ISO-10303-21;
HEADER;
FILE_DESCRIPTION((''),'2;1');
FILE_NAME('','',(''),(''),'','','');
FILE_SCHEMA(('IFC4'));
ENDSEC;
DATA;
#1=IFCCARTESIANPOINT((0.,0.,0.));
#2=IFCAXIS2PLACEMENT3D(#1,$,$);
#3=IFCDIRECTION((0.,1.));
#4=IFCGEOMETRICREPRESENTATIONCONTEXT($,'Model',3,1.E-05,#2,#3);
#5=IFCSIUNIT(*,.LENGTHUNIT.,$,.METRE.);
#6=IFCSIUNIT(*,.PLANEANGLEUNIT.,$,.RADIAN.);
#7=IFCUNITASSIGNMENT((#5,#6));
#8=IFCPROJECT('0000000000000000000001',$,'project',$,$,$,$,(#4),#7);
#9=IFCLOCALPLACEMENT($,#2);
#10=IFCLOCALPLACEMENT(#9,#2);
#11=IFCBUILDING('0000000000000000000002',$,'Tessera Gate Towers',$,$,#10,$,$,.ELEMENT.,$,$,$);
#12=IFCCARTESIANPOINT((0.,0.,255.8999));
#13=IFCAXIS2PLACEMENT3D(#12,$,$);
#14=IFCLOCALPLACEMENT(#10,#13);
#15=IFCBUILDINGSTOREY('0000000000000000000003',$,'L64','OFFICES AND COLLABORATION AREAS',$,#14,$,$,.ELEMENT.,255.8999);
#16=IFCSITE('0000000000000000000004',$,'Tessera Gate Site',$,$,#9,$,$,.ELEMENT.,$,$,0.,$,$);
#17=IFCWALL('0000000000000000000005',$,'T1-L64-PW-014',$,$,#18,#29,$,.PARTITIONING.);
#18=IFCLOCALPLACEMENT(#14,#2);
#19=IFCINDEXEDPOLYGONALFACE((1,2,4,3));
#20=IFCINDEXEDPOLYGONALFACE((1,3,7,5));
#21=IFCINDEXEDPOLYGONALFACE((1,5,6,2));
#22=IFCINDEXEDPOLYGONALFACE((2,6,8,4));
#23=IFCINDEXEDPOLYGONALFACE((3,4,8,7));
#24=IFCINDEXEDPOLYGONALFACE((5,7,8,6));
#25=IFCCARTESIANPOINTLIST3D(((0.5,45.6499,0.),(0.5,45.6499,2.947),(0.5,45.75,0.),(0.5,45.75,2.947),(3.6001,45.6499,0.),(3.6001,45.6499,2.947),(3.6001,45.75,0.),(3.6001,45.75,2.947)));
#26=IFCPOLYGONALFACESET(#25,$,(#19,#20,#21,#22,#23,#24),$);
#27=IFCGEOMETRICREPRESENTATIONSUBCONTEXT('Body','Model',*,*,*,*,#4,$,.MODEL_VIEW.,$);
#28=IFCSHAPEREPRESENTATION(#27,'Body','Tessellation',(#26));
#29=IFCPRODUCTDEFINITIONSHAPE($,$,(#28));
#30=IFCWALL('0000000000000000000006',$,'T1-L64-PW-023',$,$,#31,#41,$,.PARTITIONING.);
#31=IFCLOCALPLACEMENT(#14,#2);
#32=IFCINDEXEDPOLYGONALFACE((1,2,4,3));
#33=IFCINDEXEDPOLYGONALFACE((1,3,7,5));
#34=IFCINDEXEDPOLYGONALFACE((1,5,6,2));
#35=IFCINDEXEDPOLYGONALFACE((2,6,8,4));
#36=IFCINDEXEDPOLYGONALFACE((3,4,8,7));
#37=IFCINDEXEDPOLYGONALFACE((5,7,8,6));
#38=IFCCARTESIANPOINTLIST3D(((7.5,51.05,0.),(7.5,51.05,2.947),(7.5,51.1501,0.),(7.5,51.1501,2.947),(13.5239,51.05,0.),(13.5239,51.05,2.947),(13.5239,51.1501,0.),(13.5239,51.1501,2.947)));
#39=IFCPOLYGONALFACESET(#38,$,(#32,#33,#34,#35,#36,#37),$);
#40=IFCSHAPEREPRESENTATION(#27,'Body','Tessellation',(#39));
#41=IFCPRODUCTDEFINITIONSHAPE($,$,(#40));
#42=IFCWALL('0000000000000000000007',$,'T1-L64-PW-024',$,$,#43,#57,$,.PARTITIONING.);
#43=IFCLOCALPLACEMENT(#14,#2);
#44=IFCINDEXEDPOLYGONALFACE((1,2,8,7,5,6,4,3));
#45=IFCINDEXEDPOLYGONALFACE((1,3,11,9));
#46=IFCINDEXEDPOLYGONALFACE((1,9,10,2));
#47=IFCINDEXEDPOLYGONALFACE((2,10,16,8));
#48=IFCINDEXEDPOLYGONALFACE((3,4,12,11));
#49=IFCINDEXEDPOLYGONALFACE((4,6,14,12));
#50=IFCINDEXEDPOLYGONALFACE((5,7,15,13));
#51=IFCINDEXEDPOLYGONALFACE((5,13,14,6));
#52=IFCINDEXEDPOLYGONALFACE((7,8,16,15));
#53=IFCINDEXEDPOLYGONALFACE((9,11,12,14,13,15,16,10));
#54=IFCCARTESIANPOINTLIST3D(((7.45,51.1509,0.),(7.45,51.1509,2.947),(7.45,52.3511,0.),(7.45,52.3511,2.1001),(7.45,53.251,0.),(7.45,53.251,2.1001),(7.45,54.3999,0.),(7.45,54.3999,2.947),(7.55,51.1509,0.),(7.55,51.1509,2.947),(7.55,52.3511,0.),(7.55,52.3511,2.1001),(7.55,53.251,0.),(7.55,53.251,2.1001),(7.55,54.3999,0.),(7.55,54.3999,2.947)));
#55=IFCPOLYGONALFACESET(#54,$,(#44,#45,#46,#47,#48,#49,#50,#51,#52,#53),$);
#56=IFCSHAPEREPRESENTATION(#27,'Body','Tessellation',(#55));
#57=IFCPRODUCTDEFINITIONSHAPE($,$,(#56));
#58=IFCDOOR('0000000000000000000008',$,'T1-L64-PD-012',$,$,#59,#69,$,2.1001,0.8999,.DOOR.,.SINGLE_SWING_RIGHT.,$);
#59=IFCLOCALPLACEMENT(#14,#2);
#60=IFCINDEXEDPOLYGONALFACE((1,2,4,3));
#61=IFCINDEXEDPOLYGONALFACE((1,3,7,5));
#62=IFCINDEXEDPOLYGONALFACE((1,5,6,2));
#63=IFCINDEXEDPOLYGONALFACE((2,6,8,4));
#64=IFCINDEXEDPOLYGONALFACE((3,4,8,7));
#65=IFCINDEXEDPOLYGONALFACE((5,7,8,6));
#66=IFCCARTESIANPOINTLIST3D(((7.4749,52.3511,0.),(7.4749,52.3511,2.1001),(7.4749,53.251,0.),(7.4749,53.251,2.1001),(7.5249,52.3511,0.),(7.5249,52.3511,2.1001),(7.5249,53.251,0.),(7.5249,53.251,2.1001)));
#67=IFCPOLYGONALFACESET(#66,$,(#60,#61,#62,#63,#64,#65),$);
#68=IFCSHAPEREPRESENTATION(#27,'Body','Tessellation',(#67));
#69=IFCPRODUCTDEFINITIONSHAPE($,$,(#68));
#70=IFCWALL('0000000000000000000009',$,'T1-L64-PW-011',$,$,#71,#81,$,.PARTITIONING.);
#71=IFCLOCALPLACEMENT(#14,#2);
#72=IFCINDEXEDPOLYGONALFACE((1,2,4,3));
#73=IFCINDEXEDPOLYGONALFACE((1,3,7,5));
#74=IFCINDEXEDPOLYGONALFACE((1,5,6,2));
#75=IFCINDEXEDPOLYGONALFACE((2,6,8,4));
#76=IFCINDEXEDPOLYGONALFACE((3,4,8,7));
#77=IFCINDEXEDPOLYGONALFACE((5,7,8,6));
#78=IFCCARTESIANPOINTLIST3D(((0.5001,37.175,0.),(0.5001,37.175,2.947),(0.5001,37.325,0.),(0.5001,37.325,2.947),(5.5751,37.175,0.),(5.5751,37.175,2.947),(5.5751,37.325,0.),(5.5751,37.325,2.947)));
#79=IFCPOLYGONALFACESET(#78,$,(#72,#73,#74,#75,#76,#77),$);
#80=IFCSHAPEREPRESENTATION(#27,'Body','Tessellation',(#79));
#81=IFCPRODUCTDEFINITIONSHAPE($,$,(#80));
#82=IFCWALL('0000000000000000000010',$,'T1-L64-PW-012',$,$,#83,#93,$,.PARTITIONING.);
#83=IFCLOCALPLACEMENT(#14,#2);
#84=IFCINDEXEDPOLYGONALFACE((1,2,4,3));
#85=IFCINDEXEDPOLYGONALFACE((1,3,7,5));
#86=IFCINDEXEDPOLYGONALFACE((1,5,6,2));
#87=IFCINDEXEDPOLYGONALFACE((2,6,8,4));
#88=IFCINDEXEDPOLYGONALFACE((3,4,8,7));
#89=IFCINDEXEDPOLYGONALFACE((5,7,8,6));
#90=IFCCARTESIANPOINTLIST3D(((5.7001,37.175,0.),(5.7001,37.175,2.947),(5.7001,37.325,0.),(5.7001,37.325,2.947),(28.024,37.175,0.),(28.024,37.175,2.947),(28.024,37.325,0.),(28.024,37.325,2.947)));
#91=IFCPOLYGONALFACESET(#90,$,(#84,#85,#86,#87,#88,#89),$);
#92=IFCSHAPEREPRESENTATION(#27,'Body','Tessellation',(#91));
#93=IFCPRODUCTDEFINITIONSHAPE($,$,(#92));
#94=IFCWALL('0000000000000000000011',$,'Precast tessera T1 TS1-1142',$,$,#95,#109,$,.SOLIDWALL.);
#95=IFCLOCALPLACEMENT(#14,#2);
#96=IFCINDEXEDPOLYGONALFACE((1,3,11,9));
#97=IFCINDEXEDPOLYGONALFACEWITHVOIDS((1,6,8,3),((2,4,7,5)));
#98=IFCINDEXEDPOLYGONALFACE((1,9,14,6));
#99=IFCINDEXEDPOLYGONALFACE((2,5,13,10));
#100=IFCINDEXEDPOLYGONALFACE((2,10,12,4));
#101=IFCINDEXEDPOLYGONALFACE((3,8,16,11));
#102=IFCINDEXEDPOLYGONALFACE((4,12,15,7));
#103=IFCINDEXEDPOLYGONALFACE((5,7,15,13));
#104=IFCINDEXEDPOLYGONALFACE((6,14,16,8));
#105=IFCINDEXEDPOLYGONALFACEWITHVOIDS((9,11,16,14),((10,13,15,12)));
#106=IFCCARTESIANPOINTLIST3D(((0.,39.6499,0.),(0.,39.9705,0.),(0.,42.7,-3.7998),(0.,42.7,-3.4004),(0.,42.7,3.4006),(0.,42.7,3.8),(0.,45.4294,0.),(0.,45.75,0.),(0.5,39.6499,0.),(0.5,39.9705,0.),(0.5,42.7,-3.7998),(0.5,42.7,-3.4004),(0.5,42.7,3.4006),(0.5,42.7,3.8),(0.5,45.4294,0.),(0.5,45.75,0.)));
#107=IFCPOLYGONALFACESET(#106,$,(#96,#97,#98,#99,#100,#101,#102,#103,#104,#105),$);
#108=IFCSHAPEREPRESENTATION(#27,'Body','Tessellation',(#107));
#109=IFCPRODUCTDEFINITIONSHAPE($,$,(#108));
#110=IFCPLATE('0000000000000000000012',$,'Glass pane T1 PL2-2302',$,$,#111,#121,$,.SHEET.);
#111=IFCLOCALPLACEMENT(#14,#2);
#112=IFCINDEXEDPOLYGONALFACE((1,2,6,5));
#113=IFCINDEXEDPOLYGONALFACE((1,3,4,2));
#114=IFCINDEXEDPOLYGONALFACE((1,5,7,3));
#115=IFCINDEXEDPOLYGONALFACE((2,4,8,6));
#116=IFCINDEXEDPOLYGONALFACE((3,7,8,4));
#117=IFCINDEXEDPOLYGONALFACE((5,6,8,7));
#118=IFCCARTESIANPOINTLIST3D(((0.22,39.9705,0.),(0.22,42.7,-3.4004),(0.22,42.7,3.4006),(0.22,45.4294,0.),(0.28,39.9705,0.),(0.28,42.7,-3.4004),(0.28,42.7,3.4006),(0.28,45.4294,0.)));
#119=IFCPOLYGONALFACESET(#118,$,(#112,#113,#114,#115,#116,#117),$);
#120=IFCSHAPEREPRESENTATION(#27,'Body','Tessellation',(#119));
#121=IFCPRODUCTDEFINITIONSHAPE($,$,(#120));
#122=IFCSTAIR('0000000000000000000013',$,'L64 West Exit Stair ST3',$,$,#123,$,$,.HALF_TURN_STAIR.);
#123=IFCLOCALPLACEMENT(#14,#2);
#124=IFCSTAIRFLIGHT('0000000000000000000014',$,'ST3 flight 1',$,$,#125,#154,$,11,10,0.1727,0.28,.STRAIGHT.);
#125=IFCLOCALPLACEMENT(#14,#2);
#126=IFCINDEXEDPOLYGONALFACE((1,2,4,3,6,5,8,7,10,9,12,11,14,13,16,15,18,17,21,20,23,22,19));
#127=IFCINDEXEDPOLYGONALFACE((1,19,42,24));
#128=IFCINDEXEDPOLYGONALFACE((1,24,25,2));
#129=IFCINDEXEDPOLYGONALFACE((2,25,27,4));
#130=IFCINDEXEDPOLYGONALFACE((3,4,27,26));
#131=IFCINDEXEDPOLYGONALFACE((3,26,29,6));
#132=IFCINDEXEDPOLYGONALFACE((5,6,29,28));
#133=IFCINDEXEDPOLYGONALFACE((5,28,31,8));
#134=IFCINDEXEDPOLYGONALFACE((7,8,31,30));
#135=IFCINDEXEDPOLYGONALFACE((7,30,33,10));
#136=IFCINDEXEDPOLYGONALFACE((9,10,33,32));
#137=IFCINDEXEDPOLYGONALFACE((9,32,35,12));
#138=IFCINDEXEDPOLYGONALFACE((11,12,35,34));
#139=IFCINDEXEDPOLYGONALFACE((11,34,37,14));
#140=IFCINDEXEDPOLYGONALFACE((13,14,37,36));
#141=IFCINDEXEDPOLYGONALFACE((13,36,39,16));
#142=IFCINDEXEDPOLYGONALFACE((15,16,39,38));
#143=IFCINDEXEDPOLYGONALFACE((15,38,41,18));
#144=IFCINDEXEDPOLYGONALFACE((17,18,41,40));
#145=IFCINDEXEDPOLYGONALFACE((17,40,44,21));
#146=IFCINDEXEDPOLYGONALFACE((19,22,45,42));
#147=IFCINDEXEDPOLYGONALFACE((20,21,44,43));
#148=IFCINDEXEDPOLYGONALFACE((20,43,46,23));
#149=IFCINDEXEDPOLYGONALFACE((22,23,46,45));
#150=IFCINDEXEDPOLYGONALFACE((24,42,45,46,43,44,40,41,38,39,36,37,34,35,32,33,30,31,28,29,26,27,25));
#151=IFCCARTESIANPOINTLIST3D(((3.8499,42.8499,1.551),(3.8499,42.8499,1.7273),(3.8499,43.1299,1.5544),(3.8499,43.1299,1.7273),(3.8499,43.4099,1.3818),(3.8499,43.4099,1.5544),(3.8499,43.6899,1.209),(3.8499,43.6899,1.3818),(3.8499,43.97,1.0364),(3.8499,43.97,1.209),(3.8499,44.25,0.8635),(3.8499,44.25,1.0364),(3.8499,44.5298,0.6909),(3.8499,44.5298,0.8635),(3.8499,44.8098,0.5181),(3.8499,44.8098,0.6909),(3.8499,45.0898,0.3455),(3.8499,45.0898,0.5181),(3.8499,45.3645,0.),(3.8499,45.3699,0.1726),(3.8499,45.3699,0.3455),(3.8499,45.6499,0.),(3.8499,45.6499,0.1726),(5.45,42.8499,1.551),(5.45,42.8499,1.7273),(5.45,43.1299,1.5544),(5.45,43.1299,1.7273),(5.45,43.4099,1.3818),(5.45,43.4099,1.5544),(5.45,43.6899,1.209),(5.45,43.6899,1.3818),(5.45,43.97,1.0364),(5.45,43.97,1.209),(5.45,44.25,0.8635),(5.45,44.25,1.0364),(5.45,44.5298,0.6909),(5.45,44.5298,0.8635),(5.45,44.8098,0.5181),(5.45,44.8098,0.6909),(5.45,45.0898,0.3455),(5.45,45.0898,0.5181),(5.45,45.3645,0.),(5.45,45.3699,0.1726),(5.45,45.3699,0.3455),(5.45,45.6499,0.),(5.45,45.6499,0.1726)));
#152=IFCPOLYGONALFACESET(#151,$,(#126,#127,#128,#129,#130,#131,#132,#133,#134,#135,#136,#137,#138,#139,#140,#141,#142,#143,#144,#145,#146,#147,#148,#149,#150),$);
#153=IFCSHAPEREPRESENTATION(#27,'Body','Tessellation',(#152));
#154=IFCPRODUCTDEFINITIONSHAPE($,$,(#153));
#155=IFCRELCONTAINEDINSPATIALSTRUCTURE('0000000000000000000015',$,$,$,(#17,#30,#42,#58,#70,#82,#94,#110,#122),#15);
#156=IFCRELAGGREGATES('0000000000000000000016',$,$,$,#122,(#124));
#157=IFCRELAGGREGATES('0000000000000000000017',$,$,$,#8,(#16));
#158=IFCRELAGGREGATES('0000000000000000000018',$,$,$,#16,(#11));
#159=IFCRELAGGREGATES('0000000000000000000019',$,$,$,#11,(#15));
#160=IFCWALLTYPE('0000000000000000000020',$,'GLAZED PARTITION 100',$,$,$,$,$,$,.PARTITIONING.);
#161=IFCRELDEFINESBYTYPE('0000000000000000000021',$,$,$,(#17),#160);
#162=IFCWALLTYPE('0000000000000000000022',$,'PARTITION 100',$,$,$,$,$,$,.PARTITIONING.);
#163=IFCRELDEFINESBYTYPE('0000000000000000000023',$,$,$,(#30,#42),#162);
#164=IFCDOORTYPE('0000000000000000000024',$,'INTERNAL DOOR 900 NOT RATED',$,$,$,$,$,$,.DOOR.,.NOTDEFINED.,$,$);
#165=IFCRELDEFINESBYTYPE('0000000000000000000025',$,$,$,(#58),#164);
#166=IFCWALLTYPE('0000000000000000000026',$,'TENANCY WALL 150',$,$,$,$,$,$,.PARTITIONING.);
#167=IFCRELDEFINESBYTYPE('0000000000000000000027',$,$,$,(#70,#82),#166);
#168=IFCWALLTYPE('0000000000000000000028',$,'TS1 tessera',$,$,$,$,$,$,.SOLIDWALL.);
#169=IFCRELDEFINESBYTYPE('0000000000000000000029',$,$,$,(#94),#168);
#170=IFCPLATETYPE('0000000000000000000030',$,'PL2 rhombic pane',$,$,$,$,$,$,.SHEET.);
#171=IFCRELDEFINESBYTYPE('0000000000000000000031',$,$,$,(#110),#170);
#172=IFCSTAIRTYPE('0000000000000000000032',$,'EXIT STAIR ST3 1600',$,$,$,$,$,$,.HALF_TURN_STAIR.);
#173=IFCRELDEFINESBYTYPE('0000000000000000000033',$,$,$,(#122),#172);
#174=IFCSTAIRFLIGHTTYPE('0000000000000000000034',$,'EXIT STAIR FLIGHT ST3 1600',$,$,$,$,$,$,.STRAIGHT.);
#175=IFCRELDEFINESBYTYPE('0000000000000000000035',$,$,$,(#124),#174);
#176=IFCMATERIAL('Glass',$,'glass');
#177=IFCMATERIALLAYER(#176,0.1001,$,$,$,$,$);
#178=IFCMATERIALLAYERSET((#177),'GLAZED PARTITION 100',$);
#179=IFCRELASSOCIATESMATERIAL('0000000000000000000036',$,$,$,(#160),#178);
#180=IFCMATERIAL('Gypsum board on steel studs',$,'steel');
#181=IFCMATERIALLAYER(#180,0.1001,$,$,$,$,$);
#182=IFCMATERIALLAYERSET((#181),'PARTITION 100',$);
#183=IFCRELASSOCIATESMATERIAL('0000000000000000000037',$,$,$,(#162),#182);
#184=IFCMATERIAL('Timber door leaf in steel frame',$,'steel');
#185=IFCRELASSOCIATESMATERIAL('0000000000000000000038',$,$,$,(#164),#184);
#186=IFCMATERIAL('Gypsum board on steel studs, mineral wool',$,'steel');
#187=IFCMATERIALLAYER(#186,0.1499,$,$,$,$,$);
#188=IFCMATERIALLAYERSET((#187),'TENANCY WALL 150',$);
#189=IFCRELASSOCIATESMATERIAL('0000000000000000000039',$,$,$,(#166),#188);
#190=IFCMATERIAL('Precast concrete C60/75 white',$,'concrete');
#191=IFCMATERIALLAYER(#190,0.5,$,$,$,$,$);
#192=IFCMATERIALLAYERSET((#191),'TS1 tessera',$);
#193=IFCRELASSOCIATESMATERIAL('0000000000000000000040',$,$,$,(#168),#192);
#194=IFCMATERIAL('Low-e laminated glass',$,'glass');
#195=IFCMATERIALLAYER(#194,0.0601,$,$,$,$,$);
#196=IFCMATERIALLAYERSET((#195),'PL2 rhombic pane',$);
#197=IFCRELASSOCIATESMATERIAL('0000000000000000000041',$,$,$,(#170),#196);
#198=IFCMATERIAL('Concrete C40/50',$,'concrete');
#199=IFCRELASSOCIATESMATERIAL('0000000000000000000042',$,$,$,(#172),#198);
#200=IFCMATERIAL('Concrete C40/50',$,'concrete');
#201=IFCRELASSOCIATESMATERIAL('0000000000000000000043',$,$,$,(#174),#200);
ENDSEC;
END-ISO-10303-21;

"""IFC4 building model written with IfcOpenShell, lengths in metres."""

from ifc_helpers import new_model, si_unit, direction, frame, frame_2d, origin, place, context, subcontext, project, spatial, polyline, rectangle, outline, extrude, source, transform, mapped, material, layer, layer_set, type_object, element, fill, aggregate, save


model = new_model("IFC4")

# Units and contexts
model_context = context("Model", 3, precision=1e-05, world=origin(), true_north=direction((0.0, 1.0)))
body_context = subcontext(model_context, "Body", "Model", "MODEL_VIEW")
ifc_project = project(units=[si_unit("LENGTHUNIT", "METRE"), si_unit("PLANEANGLEUNIT", "RADIAN")], contexts=[model_context])

# Site, building, storey
site_placement = place(None, origin())
site = spatial("IfcSite", under=ifc_project, at=site_placement, Name="Tessera Gate Site", CompositionType="ELEMENT", RefElevation=0.0)
building_placement = place(site_placement, origin())
building = spatial("IfcBuilding", under=site, at=building_placement, Name="Tessera Gate Towers", CompositionType="ELEMENT")
storey_placement = place(building_placement, frame((0.0, 0.0, 255.8999)))
storey = spatial("IfcBuildingStorey", under=building, at=storey_placement, Name="L64", Description="OFFICES AND COLLABORATION AREAS", CompositionType="ELEMENT", Elevation=255.8999)

# Shared definitions
shared_shape_1 = source(origin(), body_context, "Body", "SweptSolid", [
    extrude(rectangle(XDim=0.8999, YDim=2.1001, at=frame_2d((0.45, 1.05))), frame((0.0, 0.0249, 0.0), z_axis=(0.0, -1.0, 0.0), x_axis=(1.0, 0.0, 0.0)), (0.0, 0.0, 1.0), 0.05),
])

# Shared definitions
ifc_material_1 = material(Name="Glass", Category="glass")
ifc_layer_1 = layer(ifc_material_1, 0.1001)
ifc_layer_set_1 = layer_set([ifc_layer_1], Name="GLAZED PARTITION 100")
wall_type_1 = type_object("IfcWallType", Name="GLAZED PARTITION 100", PredefinedType="PARTITIONING", material=ifc_layer_set_1)
shared_shape_2 = source(origin(), body_context, "Body", "SweptSolid", [
    extrude(rectangle(XDim=0.8999, YDim=2.1001, at=frame_2d((0.45, 1.05))), frame((0.0, 0.0601, 0.0), z_axis=(0.0, -1.0, 0.0), x_axis=(1.0, 0.0, 0.0)), (0.0, 0.0, 1.0), 0.1201),
])

# Walls
wall_1_placement = place(storey_placement, frame((0.5, 45.7, 0.0), z_axis=(0.0, 0.0, 1.0), x_axis=(1.0, 0.0, 0.0)))
element("IfcWall", 1, at=wall_1_placement, inside=storey, type_object=wall_type_1, Name="T1-L64-PW-014", PredefinedType="PARTITIONING", context=body_context, shape_type="SweptSolid", body=[
    extrude(rectangle(XDim=3.1001, YDim=0.1001, at=frame_2d((1.55, 0.0))), origin(), (0.0, 0.0, 1.0), 2.947),
])
ifc_material_2 = material(Name="Gypsum board on steel studs", Category="steel")
ifc_layer_2 = layer(ifc_material_2, 0.1001)
ifc_layer_set_2 = layer_set([ifc_layer_2], Name="PARTITION 100")
wall_type_2 = type_object("IfcWallType", Name="PARTITION 100", PredefinedType="PARTITIONING", material=ifc_layer_set_2)
wall_2_placement = place(storey_placement, frame((7.5, 51.1001, 0.0), z_axis=(0.0, 0.0, 1.0), x_axis=(1.0, 0.0, 0.0)))
element("IfcWall", 2, at=wall_2_placement, inside=storey, type_object=wall_type_2, Name="T1-L64-PW-023", PredefinedType="PARTITIONING", context=body_context, shape_type="SweptSolid", body=[
    extrude(rectangle(XDim=6.0239, YDim=0.1001, at=frame_2d((3.012, 0.0))), origin(), (0.0, 0.0, 1.0), 2.947),
])

# Wall, opening, door
wall_3_placement = place(storey_placement, frame((7.5, 54.3999, 0.0), z_axis=(0.0, 0.0, 1.0), x_axis=(0.0, -1.0, 0.0)))
wall_3 = element("IfcWall", 3, at=wall_3_placement, inside=storey, type_object=wall_type_2, Name="T1-L64-PW-024", PredefinedType="PARTITIONING", context=body_context, shape_type="SweptSolid", body=[
    extrude(rectangle(XDim=3.249, YDim=0.1001, at=frame_2d((1.6245, 0.0))), origin(), (0.0, 0.0, 1.0), 2.947),
])
opening_1_placement = place(wall_3_placement, frame((1.1489, 0.0, 0.0)))
opening_1 = element("IfcOpeningElement", 4, at=opening_1_placement, cuts=wall_3, PredefinedType="OPENING", context=body_context, shape_type="MappedRepresentation", body=[
    mapped(shared_shape_2, transform((0.0, 0.0, 0.0), scale=1.0)),
])
ifc_material_3 = material(Name="Timber door leaf in steel frame", Category="steel")
door_type_1 = type_object("IfcDoorType", Name="INTERNAL DOOR 900 NOT RATED", OperationType="NOTDEFINED", PredefinedType="DOOR", material=ifc_material_3)
door_1_placement = place(opening_1_placement, origin())
door_1 = element("IfcDoor", 5, at=door_1_placement, inside=storey, type_object=door_type_1, Name="T1-L64-PD-012", OperationType="SINGLE_SWING_RIGHT", OverallHeight=2.1001, OverallWidth=0.8999, PredefinedType="DOOR", context=body_context, shape_type="MappedRepresentation", body=[
    mapped(shared_shape_1, transform((0.0, 0.0, 0.0), scale=1.0)),
])
fill(opening_1, door_1)

# Walls
ifc_material_4 = material(Name="Gypsum board on steel studs, mineral wool", Category="steel")
ifc_layer_3 = layer(ifc_material_4, 0.1499)
ifc_layer_set_3 = layer_set([ifc_layer_3], Name="TENANCY WALL 150")
wall_type_3 = type_object("IfcWallType", Name="TENANCY WALL 150", PredefinedType="PARTITIONING", material=ifc_layer_set_3)
wall_4_placement = place(storey_placement, frame((0.5, 37.25, 0.0), z_axis=(0.0, 0.0, 1.0), x_axis=(1.0, 0.0, 0.0)))
element("IfcWall", 6, at=wall_4_placement, inside=storey, type_object=wall_type_3, Name="T1-L64-PW-011", PredefinedType="PARTITIONING", context=body_context, shape_type="SweptSolid", body=[
    extrude(rectangle(XDim=5.075, YDim=0.1499, at=frame_2d((2.5376, 0.0))), origin(), (0.0, 0.0, 1.0), 2.947),
])
wall_5_placement = place(storey_placement, frame((5.7, 37.25, 0.0), z_axis=(0.0, 0.0, 1.0), x_axis=(1.0, 0.0, 0.0)))
element("IfcWall", 7, at=wall_5_placement, inside=storey, type_object=wall_type_3, Name="T1-L64-PW-012", PredefinedType="PARTITIONING", context=body_context, shape_type="SweptSolid", body=[
    extrude(rectangle(XDim=22.324, YDim=0.1499, at=frame_2d((11.1621, 0.0))), origin(), (0.0, 0.0, 1.0), 2.947),
])

# Wall, opening, plate
ifc_material_5 = material(Name="Precast concrete C60/75 white", Category="concrete")
ifc_layer_4 = layer(ifc_material_5, 0.5)
ifc_layer_set_4 = layer_set([ifc_layer_4], Name="TS1 tessera")
wall_type_4 = type_object("IfcWallType", Name="TS1 tessera", PredefinedType="SOLIDWALL", material=ifc_layer_set_4)
shared_shape_3 = source(origin(), body_context, "Body", "SweptSolid", [
    extrude(outline(polyline([(3.05, 0.0), (6.1001, 3.7998), (3.05, 7.5999), (0.0, 3.7998), (3.05, 0.0)])), frame((0.0, 0.25, 0.0), z_axis=(0.0, -1.0, 0.0), x_axis=(1.0, 0.0, 0.0)), (0.0, 0.0, 1.0), 0.5),
])
wall_6_placement = place(storey_placement, frame((0.25, 45.75, -3.7998), z_axis=(0.0, 0.0, 1.0), x_axis=(0.0, -1.0, 0.0)))
wall_6 = element("IfcWall", 8, at=wall_6_placement, inside=storey, type_object=wall_type_4, Name="Precast tessera T1 TS1-1142", PredefinedType="SOLIDWALL", context=body_context, shape_type="MappedRepresentation", body=[
    mapped(shared_shape_3, transform((0.0, 0.0, 0.0), scale=1.0)),
])
shared_shape_4 = source(origin(), body_context, "Body", "SweptSolid", [
    extrude(outline(polyline([(3.05, 0.3994), (5.7795, 3.7998), (3.05, 7.2004), (0.3206, 3.7998), (3.05, 0.3994)])), frame((0.0, 0.26, 0.0), z_axis=(0.0, -1.0, 0.0), x_axis=(1.0, 0.0, 0.0)), (0.0, 0.0, 1.0), 0.52),
])
opening_2_placement = place(wall_6_placement, origin())
opening_2 = element("IfcOpeningElement", 9, at=opening_2_placement, cuts=wall_6, PredefinedType="OPENING", context=body_context, shape_type="MappedRepresentation", body=[
    mapped(shared_shape_4, transform((0.0, 0.0, 0.0), scale=1.0)),
])
ifc_material_6 = material(Name="Low-e laminated glass", Category="glass")
ifc_layer_5 = layer(ifc_material_6, 0.0601)
ifc_layer_set_5 = layer_set([ifc_layer_5], Name="PL2 rhombic pane")
plate_type = type_object("IfcPlateType", Name="PL2 rhombic pane", PredefinedType="SHEET", material=ifc_layer_set_5)
shared_shape_5 = source(origin(), body_context, "Body", "SweptSolid", [
    extrude(outline(polyline([(3.05, 0.3994), (5.7795, 3.7998), (3.05, 7.2004), (0.3206, 3.7998), (3.05, 0.3994)])), frame((0.0, 0.03, 0.0), z_axis=(0.0, -1.0, 0.0), x_axis=(1.0, 0.0, 0.0)), (0.0, 0.0, 1.0), 0.0601),
])
plate_placement = place(opening_2_placement, origin())
plate = element("IfcPlate", 10, at=plate_placement, inside=storey, type_object=plate_type, Name="Glass pane T1 PL2-2302", PredefinedType="SHEET", context=body_context, shape_type="MappedRepresentation", body=[
    mapped(shared_shape_5, transform((0.0, 0.0, 0.0), scale=1.0)),
])
fill(opening_2, plate)

# Stair, stair flight
ifc_material_7 = material(Name="Concrete C40/50", Category="concrete")
stair_type = type_object("IfcStairType", Name="EXIT STAIR ST3 1600", PredefinedType="HALF_TURN_STAIR", material=ifc_material_7)
stair_placement = place(storey_placement, origin())
stair = element("IfcStair", 11, at=stair_placement, inside=storey, type_object=stair_type, Name="L64 West Exit Stair ST3", PredefinedType="HALF_TURN_STAIR")
ifc_material_8 = material(Name="Concrete C40/50", Category="concrete")
stair_flight_type = type_object("IfcStairFlightType", Name="EXIT STAIR FLIGHT ST3 1600", PredefinedType="STRAIGHT", material=ifc_material_8)
stair_flight_1_placement = place(storey_placement, frame((4.6499, 45.6499, 0.0), z_axis=(0.0, 0.0, 1.0), x_axis=(0.0, -1.0, 0.0)))
stair_flight_1 = element("IfcStairFlight", 12, at=stair_flight_1_placement, type_object=stair_flight_type, Name="ST3 flight 1", NumberOfRisers=11, NumberOfTreads=10, PredefinedType="STRAIGHT", RiserHeight=0.1727, TreadLength=0.28, context=body_context, shape_type="SweptSolid", body=[
    extrude(outline(polyline([(0.0, 0.0), (0.0, 0.1726), (0.28, 0.1726), (0.28, 0.3455), (0.5601, 0.3455), (0.5601, 0.5181), (0.8401, 0.5181), (0.8401, 0.6909), (1.1201, 0.6909), (1.1201, 0.8635), (1.3999, 0.8635), (1.3999, 1.0364), (1.6799, 1.0364), (1.6799, 1.209), (1.96, 1.209), (1.96, 1.3818), (2.24, 1.3818), (2.24, 1.5544), (2.52, 1.5544), (2.52, 1.7273), (2.8, 1.7273), (2.8, 1.8999), (2.8, 1.551), (0.2854, 0.0), (0.0, 0.0)])), frame((0.0, 0.8, 0.0), z_axis=(0.0, -1.0, 0.0), x_axis=(1.0, 0.0, 0.0)), (0.0, 0.0, 1.0), 1.6001),
])
aggregate(stair, [stair_flight_1])

save(model, "model.ifc")
